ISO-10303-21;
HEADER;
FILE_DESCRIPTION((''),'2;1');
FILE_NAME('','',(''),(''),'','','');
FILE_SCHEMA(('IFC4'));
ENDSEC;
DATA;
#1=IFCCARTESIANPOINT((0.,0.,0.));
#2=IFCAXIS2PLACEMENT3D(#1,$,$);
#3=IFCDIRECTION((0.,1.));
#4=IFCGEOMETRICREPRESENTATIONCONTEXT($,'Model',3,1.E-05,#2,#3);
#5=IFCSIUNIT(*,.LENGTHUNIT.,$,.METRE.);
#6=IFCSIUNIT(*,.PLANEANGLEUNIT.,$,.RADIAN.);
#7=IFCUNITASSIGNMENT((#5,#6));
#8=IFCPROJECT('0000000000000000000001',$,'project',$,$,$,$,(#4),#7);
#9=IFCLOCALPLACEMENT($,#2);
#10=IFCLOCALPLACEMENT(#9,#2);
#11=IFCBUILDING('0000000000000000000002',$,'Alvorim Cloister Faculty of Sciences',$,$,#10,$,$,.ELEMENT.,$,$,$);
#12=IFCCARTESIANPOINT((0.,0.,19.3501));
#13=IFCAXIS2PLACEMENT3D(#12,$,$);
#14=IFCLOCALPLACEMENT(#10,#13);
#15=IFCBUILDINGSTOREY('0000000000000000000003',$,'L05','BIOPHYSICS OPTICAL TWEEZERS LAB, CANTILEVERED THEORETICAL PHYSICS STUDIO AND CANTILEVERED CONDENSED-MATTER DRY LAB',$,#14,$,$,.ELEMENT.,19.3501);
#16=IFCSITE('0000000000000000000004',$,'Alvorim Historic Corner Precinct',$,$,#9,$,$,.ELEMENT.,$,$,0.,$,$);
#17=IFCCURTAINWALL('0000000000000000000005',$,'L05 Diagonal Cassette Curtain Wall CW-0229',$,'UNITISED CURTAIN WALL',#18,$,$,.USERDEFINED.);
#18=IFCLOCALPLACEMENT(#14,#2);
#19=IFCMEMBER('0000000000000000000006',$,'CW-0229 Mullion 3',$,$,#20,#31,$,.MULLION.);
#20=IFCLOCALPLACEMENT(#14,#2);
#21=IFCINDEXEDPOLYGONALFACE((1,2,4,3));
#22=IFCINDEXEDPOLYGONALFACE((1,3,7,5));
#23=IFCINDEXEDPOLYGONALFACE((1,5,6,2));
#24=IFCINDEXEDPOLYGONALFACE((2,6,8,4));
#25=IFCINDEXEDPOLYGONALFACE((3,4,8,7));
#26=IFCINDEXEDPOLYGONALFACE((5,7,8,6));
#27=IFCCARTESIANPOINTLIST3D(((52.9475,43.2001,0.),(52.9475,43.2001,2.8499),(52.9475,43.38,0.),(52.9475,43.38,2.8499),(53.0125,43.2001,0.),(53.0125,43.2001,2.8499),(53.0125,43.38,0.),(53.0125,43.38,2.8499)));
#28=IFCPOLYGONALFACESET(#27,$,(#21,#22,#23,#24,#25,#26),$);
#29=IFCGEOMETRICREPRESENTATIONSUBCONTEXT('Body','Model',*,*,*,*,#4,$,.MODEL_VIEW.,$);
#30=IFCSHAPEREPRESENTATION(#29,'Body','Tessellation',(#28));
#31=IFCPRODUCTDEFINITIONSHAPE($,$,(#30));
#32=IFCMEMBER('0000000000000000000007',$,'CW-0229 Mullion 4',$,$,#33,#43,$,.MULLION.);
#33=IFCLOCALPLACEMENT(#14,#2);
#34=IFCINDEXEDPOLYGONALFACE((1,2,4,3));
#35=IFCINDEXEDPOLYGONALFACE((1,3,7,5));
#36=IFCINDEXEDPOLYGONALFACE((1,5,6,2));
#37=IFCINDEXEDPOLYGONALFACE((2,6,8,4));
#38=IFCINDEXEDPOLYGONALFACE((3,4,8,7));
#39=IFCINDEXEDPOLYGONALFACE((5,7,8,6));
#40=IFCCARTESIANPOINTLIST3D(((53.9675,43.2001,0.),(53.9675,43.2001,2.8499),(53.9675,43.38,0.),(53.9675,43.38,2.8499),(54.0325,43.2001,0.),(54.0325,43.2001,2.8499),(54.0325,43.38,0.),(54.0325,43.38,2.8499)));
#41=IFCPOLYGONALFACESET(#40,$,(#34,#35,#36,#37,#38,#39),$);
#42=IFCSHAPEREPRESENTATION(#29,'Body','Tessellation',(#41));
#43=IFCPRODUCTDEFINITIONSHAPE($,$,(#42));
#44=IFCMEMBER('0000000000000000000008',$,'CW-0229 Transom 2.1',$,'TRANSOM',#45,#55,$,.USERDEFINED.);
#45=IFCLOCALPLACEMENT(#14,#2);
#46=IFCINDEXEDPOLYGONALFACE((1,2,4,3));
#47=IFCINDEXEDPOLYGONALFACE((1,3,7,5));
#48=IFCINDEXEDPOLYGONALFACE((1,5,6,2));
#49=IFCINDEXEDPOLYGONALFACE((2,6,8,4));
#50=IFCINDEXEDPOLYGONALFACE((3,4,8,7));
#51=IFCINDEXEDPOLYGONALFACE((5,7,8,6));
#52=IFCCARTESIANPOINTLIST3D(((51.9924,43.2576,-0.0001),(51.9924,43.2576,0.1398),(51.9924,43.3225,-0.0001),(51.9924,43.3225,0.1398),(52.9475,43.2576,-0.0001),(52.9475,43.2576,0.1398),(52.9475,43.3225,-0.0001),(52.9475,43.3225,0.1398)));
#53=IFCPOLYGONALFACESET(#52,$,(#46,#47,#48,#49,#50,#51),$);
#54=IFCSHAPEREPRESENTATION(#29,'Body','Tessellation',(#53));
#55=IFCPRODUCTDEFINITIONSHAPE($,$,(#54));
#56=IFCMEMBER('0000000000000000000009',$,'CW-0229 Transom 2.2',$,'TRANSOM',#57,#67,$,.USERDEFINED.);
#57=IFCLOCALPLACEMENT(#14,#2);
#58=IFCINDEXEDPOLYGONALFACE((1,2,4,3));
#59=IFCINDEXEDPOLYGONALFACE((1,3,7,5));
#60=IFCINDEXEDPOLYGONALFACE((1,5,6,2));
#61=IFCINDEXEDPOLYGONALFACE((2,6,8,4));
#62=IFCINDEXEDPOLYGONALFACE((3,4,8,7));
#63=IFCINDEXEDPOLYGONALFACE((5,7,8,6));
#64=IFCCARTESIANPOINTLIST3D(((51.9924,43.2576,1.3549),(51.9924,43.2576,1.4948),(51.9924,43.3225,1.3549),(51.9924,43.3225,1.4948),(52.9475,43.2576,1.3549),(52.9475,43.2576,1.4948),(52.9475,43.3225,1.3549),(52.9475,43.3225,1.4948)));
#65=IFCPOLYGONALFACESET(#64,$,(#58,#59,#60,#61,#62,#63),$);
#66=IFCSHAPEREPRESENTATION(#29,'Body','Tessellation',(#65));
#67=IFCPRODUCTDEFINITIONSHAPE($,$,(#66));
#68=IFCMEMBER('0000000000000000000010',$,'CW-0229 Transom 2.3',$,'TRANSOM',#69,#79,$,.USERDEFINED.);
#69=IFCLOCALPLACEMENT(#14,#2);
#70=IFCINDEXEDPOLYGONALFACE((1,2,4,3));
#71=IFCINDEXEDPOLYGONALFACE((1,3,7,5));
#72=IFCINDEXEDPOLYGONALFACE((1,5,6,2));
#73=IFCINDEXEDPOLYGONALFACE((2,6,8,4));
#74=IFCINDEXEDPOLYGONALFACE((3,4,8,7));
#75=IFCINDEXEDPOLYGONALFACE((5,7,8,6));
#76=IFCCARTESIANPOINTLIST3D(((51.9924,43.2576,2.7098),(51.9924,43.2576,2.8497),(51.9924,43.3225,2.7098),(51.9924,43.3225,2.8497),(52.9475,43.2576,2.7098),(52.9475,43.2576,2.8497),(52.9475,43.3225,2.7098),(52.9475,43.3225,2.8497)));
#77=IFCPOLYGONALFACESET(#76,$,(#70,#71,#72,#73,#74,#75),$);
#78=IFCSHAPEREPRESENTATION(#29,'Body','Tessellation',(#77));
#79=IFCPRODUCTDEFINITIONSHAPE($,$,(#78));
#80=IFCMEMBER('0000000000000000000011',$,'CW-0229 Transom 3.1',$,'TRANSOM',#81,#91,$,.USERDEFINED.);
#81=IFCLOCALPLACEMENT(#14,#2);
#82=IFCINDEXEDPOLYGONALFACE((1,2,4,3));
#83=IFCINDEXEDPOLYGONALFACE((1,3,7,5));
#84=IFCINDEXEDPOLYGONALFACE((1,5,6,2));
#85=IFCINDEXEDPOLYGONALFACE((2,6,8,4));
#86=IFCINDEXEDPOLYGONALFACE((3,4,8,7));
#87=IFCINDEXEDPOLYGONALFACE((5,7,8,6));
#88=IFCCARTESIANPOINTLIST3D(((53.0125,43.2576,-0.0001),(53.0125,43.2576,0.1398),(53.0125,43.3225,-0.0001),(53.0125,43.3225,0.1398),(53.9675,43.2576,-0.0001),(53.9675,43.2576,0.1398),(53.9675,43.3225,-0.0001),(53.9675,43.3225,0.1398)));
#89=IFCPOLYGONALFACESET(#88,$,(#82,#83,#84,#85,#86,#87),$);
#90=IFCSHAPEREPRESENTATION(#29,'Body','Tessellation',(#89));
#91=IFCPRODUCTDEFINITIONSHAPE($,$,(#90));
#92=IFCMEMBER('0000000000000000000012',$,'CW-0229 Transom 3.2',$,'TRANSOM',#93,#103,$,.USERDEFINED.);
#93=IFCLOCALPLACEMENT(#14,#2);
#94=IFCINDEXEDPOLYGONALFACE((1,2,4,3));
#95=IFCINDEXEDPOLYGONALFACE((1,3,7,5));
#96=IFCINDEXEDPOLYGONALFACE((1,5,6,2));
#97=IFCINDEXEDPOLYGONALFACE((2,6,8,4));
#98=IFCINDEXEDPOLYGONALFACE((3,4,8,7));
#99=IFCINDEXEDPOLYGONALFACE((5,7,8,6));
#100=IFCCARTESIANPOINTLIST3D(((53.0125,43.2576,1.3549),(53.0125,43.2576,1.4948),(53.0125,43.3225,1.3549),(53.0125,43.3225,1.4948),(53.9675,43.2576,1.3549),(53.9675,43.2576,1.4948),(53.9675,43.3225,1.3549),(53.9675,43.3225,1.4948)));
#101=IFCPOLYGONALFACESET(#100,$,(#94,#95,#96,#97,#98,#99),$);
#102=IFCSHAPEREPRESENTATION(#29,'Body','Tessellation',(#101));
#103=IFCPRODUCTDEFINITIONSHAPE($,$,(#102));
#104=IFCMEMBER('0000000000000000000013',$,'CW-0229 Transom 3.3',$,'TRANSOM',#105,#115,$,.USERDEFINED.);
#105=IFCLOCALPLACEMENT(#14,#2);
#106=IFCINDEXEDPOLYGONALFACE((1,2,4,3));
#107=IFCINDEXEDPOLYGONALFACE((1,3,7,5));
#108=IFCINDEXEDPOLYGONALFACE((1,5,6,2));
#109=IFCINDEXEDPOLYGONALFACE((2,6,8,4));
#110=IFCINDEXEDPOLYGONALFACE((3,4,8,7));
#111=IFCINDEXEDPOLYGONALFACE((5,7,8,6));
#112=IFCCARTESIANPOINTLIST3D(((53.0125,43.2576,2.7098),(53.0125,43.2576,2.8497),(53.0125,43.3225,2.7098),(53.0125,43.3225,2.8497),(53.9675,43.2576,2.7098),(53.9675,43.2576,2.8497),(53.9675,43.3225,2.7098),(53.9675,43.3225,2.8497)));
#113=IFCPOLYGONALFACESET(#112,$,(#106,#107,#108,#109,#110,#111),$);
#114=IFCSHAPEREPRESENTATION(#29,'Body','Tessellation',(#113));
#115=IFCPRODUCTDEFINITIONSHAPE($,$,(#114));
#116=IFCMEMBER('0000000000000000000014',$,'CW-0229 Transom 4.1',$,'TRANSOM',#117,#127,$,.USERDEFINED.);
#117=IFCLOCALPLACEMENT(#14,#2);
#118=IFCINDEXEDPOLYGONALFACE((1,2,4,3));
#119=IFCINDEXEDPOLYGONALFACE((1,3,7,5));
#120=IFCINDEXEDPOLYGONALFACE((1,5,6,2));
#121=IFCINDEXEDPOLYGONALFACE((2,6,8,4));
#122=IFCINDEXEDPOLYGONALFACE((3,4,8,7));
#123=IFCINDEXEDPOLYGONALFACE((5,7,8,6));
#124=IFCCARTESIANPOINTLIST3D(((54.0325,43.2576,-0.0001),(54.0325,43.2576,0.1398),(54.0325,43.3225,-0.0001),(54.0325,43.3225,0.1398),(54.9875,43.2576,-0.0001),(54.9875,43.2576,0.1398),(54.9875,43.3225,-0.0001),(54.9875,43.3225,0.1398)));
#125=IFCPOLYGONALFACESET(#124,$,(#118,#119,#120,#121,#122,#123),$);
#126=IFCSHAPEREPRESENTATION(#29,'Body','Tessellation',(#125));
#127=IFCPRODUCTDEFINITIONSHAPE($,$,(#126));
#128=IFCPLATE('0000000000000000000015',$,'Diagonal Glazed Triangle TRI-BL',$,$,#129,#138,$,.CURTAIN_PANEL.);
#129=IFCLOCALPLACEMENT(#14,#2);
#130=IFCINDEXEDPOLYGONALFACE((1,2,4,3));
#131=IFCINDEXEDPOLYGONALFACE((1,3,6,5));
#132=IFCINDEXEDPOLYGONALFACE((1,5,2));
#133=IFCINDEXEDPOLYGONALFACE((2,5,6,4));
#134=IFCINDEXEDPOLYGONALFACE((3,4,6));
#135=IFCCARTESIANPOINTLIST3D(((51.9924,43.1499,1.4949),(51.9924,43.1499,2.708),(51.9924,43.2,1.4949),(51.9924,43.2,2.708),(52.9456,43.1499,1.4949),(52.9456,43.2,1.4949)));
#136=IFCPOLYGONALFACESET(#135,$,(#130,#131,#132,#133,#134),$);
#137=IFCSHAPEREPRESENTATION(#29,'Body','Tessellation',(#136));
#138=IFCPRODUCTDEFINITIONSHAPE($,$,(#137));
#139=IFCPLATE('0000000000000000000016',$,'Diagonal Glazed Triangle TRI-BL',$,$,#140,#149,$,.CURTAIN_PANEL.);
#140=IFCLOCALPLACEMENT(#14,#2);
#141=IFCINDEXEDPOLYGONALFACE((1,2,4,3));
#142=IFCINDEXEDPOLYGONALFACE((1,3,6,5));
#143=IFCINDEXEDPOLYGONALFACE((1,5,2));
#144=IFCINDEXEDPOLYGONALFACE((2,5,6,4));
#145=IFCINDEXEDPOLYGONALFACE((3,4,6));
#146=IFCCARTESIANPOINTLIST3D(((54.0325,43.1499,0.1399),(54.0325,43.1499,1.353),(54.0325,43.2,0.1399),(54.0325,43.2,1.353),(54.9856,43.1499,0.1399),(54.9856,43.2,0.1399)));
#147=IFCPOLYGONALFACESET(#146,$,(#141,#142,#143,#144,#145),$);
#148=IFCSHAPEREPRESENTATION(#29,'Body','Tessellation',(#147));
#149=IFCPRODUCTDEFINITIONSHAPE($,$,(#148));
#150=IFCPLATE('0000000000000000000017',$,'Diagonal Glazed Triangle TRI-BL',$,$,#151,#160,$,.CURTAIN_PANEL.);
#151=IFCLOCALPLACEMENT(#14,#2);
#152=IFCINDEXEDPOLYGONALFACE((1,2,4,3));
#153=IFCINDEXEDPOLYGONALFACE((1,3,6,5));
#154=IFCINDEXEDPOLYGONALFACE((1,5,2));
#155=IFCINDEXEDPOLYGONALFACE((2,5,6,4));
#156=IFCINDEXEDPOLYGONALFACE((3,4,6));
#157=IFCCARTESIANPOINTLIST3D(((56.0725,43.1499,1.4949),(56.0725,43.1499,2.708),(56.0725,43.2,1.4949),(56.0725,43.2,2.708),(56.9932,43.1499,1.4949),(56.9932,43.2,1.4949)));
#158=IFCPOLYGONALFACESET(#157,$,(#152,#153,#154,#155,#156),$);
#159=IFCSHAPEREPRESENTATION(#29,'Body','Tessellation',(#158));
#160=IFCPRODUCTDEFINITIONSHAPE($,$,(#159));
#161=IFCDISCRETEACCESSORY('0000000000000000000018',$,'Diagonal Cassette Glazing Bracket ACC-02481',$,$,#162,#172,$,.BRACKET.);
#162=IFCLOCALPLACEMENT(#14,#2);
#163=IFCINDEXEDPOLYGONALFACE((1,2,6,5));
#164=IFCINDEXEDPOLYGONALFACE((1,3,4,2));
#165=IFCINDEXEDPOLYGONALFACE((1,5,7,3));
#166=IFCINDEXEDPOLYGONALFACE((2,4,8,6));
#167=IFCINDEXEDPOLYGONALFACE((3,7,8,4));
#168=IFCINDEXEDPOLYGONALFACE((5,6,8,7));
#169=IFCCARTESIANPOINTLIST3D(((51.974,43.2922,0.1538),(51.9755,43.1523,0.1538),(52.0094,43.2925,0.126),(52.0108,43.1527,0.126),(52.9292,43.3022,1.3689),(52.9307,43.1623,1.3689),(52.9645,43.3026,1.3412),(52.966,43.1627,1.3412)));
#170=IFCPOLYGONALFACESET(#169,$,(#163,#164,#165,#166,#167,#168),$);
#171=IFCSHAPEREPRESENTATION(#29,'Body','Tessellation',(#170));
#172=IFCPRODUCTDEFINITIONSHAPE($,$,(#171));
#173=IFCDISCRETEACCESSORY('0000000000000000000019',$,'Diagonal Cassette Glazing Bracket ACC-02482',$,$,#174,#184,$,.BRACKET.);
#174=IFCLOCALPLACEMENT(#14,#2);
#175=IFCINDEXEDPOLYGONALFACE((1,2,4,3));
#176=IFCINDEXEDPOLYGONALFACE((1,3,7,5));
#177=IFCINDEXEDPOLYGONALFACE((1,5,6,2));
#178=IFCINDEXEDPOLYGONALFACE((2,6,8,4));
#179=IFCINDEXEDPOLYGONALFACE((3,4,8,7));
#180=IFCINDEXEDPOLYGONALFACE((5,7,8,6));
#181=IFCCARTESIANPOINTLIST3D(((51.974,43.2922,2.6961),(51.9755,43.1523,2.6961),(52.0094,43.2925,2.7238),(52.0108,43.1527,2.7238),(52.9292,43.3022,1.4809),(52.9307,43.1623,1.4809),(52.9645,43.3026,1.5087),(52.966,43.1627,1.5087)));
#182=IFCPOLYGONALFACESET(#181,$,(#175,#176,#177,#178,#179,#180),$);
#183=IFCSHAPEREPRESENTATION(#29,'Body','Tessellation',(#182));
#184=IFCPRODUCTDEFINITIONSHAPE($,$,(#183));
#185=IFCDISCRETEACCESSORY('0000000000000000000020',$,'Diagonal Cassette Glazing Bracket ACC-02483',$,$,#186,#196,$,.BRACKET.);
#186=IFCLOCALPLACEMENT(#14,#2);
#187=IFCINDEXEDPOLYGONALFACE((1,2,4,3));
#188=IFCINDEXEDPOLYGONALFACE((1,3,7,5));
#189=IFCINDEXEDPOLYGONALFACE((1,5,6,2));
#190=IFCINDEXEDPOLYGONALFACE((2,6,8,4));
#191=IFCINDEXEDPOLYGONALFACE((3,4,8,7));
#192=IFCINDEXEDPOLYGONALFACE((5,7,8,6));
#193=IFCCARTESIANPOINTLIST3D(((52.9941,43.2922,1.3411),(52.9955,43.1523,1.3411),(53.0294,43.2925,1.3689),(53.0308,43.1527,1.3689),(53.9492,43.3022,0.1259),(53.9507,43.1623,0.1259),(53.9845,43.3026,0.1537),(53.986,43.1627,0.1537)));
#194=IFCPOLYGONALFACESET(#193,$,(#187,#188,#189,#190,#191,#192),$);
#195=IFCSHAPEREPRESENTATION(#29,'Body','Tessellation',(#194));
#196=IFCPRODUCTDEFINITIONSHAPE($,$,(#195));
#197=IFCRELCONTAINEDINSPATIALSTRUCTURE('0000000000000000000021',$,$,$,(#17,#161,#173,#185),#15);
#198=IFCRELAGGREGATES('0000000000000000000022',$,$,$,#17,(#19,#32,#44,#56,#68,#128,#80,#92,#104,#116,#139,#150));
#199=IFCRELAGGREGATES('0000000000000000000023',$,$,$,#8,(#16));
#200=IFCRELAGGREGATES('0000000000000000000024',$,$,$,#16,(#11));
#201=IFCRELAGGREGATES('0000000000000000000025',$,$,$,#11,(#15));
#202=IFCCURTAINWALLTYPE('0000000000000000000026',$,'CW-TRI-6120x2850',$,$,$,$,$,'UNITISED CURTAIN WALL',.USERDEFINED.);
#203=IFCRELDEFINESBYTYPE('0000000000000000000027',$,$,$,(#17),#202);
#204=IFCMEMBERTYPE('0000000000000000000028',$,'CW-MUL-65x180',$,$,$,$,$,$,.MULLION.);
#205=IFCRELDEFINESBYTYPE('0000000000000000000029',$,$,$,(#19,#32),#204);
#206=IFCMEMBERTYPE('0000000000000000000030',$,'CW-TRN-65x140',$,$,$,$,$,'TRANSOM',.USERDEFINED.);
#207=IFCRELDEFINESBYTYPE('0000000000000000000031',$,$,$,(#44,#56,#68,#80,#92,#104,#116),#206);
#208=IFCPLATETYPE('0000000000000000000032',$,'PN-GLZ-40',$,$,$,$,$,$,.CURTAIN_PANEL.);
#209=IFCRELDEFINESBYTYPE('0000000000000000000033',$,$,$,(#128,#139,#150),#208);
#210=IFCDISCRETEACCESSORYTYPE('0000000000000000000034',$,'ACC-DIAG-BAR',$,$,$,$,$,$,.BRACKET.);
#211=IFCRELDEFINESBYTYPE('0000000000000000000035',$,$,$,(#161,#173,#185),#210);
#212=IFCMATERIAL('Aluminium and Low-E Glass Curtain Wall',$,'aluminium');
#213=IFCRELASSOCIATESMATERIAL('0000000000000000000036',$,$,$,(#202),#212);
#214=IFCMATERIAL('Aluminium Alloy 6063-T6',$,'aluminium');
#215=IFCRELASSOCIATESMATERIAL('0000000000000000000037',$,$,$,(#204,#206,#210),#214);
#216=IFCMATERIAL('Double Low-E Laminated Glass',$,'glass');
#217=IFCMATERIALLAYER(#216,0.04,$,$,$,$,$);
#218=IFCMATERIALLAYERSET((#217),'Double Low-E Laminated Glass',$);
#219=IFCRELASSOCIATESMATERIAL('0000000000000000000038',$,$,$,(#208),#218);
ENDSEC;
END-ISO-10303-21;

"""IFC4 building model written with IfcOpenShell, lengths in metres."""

from ifc_helpers import new_model, si_unit, direction, frame, origin, origin_2d, place, context, subcontext, project, spatial, polyline, rectangle, outline, extrude, material, layer, layer_set, material_profile, profile_set, type_object, element, aggregate, save


model = new_model("IFC4")

# Units and contexts
model_context = context("Model", 3, precision=1e-05, world=origin(), true_north=direction((0.0, 1.0)))
body_context = subcontext(model_context, "Body", "Model", "MODEL_VIEW")
ifc_project = project(units=[si_unit("LENGTHUNIT", "METRE"), si_unit("PLANEANGLEUNIT", "RADIAN")], contexts=[model_context])

# Site, building, storey
site_placement = place(None, origin())
site = spatial("IfcSite", under=ifc_project, at=site_placement, Name="Alvorim Historic Corner Precinct", CompositionType="ELEMENT", RefElevation=0.0)
building_placement = place(site_placement, origin())
building = spatial("IfcBuilding", under=site, at=building_placement, Name="Alvorim Cloister Faculty of Sciences", CompositionType="ELEMENT")
storey_placement = place(building_placement, frame((0.0, 0.0, 19.3501)))
storey = spatial("IfcBuildingStorey", under=building, at=storey_placement, Name="L05", Description="BIOPHYSICS OPTICAL TWEEZERS LAB, CANTILEVERED THEORETICAL PHYSICS STUDIO AND CANTILEVERED CONDENSED-MATTER DRY LAB", CompositionType="ELEMENT", Elevation=19.3501)

# Curtain wall, members, plates
ifc_material_1 = material(Name="Aluminium and Low-E Glass Curtain Wall", Category="aluminium")
curtain_wall_type = type_object("IfcCurtainWallType", Name="CW-TRI-6120x2850", ElementType="UNITISED CURTAIN WALL", PredefinedType="USERDEFINED", material=ifc_material_1)
curtain_wall_placement = place(storey_placement, origin())
curtain_wall = element("IfcCurtainWall", 1, at=curtain_wall_placement, inside=storey, type_object=curtain_wall_type, Name="L05 Diagonal Cassette Curtain Wall CW-0229", ObjectType="UNITISED CURTAIN WALL", PredefinedType="USERDEFINED")
ifc_material_2 = material(Name="Aluminium Alloy 6063-T6", Category="aluminium")
ifc_material_profile_1 = material_profile(ifc_material_2, rectangle(XDim=0.0649, YDim=0.1799, at=origin_2d()), Name="ALU-MUL-65x180")
ifc_profile_set_1 = profile_set([ifc_material_profile_1], Name="Aluminium Alloy 6063-T6")
member_type_1 = type_object("IfcMemberType", Name="CW-MUL-65x180", PredefinedType="MULLION", material=ifc_profile_set_1)
member_1_placement = place(storey_placement, frame((52.98, 43.29, 0.0), z_axis=(0.0, 0.0, 1.0), x_axis=(1.0, 0.0, 0.0)))
member_1 = element("IfcMember", 2, at=member_1_placement, type_object=member_type_1, Name="CW-0229 Mullion 3", PredefinedType="MULLION", context=body_context, shape_type="SweptSolid", body=[
    extrude(rectangle(XDim=0.0649, YDim=0.1799, at=origin_2d()), origin(), (0.0, 0.0, 1.0), 2.8499),
])
member_2_placement = place(storey_placement, frame((54.0, 43.29, 0.0), z_axis=(0.0, 0.0, 1.0), x_axis=(1.0, 0.0, 0.0)))
member_2 = element("IfcMember", 3, at=member_2_placement, type_object=member_type_1, Name="CW-0229 Mullion 4", PredefinedType="MULLION", context=body_context, shape_type="SweptSolid", body=[
    extrude(rectangle(XDim=0.0649, YDim=0.1799, at=origin_2d()), origin(), (0.0, 0.0, 1.0), 2.8499),
])
ifc_material_profile_2 = material_profile(ifc_material_2, rectangle(XDim=0.0649, YDim=0.1399, at=origin_2d()), Name="ALU-TRN-65x140")
ifc_profile_set_2 = profile_set([ifc_material_profile_2], Name="Aluminium Alloy 6063-T6")
member_type_2 = type_object("IfcMemberType", Name="CW-TRN-65x140", ElementType="TRANSOM", PredefinedType="USERDEFINED", material=ifc_profile_set_2)
member_3_placement = place(storey_placement, frame((51.9924, 43.29, 0.0698), z_axis=(1.0, 0.0, 0.0), x_axis=(0.0, 1.0, 0.0)))
member_3 = element("IfcMember", 4, at=member_3_placement, type_object=member_type_2, Name="CW-0229 Transom 2.1", ObjectType="TRANSOM", PredefinedType="USERDEFINED", context=body_context, shape_type="SweptSolid", body=[
    extrude(rectangle(XDim=0.0649, YDim=0.1399, at=origin_2d()), origin(), (0.0, 0.0, 1.0), 0.9551),
])
member_4_placement = place(storey_placement, frame((51.9924, 43.29, 1.4248), z_axis=(1.0, 0.0, 0.0), x_axis=(0.0, 1.0, 0.0)))
member_4 = element("IfcMember", 5, at=member_4_placement, type_object=member_type_2, Name="CW-0229 Transom 2.2", ObjectType="TRANSOM", PredefinedType="USERDEFINED", context=body_context, shape_type="SweptSolid", body=[
    extrude(rectangle(XDim=0.0649, YDim=0.1399, at=origin_2d()), origin(), (0.0, 0.0, 1.0), 0.9551),
])
member_5_placement = place(storey_placement, frame((51.9924, 43.29, 2.7798), z_axis=(1.0, 0.0, 0.0), x_axis=(0.0, 1.0, 0.0)))
member_5 = element("IfcMember", 6, at=member_5_placement, type_object=member_type_2, Name="CW-0229 Transom 2.3", ObjectType="TRANSOM", PredefinedType="USERDEFINED", context=body_context, shape_type="SweptSolid", body=[
    extrude(rectangle(XDim=0.0649, YDim=0.1399, at=origin_2d()), origin(), (0.0, 0.0, 1.0), 0.9551),
])
member_6_placement = place(storey_placement, frame((53.0125, 43.29, 0.0698), z_axis=(1.0, 0.0, 0.0), x_axis=(0.0, 1.0, 0.0)))
member_6 = element("IfcMember", 7, at=member_6_placement, type_object=member_type_2, Name="CW-0229 Transom 3.1", ObjectType="TRANSOM", PredefinedType="USERDEFINED", context=body_context, shape_type="SweptSolid", body=[
    extrude(rectangle(XDim=0.0649, YDim=0.1399, at=origin_2d()), origin(), (0.0, 0.0, 1.0), 0.9551),
])
member_7_placement = place(storey_placement, frame((53.0125, 43.29, 1.4248), z_axis=(1.0, 0.0, 0.0), x_axis=(0.0, 1.0, 0.0)))
member_7 = element("IfcMember", 8, at=member_7_placement, type_object=member_type_2, Name="CW-0229 Transom 3.2", ObjectType="TRANSOM", PredefinedType="USERDEFINED", context=body_context, shape_type="SweptSolid", body=[
    extrude(rectangle(XDim=0.0649, YDim=0.1399, at=origin_2d()), origin(), (0.0, 0.0, 1.0), 0.9551),
])
member_8_placement = place(storey_placement, frame((53.0125, 43.29, 2.7798), z_axis=(1.0, 0.0, 0.0), x_axis=(0.0, 1.0, 0.0)))
member_8 = element("IfcMember", 9, at=member_8_placement, type_object=member_type_2, Name="CW-0229 Transom 3.3", ObjectType="TRANSOM", PredefinedType="USERDEFINED", context=body_context, shape_type="SweptSolid", body=[
    extrude(rectangle(XDim=0.0649, YDim=0.1399, at=origin_2d()), origin(), (0.0, 0.0, 1.0), 0.9551),
])
member_9_placement = place(storey_placement, frame((54.0325, 43.29, 0.0698), z_axis=(1.0, 0.0, 0.0), x_axis=(0.0, 1.0, 0.0)))
member_9 = element("IfcMember", 10, at=member_9_placement, type_object=member_type_2, Name="CW-0229 Transom 4.1", ObjectType="TRANSOM", PredefinedType="USERDEFINED", context=body_context, shape_type="SweptSolid", body=[
    extrude(rectangle(XDim=0.0649, YDim=0.1399, at=origin_2d()), origin(), (0.0, 0.0, 1.0), 0.9551),
])
ifc_material_3 = material(Name="Double Low-E Laminated Glass", Category="glass")
ifc_layer = layer(ifc_material_3, 0.04)
ifc_layer_set = layer_set([ifc_layer], Name="Double Low-E Laminated Glass")
plate_type = type_object("IfcPlateType", Name="PN-GLZ-40", PredefinedType="CURTAIN_PANEL", material=ifc_layer_set)
plate_1_placement = place(storey_placement, frame((51.9924, 43.175, 1.4949), z_axis=(0.0, 0.0, 1.0), x_axis=(1.0, 0.0, 0.0)))
plate_1 = element("IfcPlate", 11, at=plate_1_placement, type_object=plate_type, Name="Diagonal Glazed Triangle TRI-BL", PredefinedType="CURTAIN_PANEL", context=body_context, shape_type="SweptSolid", body=[
    extrude(outline(polyline([(0.0, 0.0), (0.9531, 0.0), (0.0, 1.2131), (0.0, 0.0)])), frame((0.0, 0.0249, 0.0), z_axis=(0.0, -1.0, 0.0), x_axis=(1.0, 0.0, 0.0)), (0.0, 0.0, 1.0), 0.05),
])
plate_2_placement = place(storey_placement, frame((54.0325, 43.175, 0.1399), z_axis=(0.0, 0.0, 1.0), x_axis=(1.0, 0.0, 0.0)))
plate_2 = element("IfcPlate", 12, at=plate_2_placement, type_object=plate_type, Name="Diagonal Glazed Triangle TRI-BL", PredefinedType="CURTAIN_PANEL", context=body_context, shape_type="SweptSolid", body=[
    extrude(outline(polyline([(0.0, 0.0), (0.9531, 0.0), (0.0, 1.2131), (0.0, 0.0)])), frame((0.0, 0.0249, 0.0), z_axis=(0.0, -1.0, 0.0), x_axis=(1.0, 0.0, 0.0)), (0.0, 0.0, 1.0), 0.05),
])
plate_3_placement = place(storey_placement, frame((56.0725, 43.175, 1.4949), z_axis=(0.0, 0.0, 1.0), x_axis=(1.0, 0.0, 0.0)))
plate_3 = element("IfcPlate", 13, at=plate_3_placement, type_object=plate_type, Name="Diagonal Glazed Triangle TRI-BL", PredefinedType="CURTAIN_PANEL", context=body_context, shape_type="SweptSolid", body=[
    extrude(outline(polyline([(0.0, 0.0), (0.9207, 0.0), (0.0, 1.2131), (0.0, 0.0)])), frame((0.0, 0.0249, 0.0), z_axis=(0.0, -1.0, 0.0), x_axis=(1.0, 0.0, 0.0)), (0.0, 0.0, 1.0), 0.05),
])
aggregate(curtain_wall, [member_1, member_2, member_3, member_4, member_5, plate_1, member_6, member_7, member_8, member_9, plate_2, plate_3])

# Discrete accessories
discrete_accessory_type = type_object("IfcDiscreteAccessoryType", Name="ACC-DIAG-BAR", PredefinedType="BRACKET", material=ifc_material_2)
for number, where, z_axis, x_axis, name in (
    (14, (51.9924, 43.2224, 0.1399), (0.617955, 0.006477, 0.786187), (-0.01048, 0.999945, 0.0), "Diagonal Cassette Glazing Bracket ACC-02481"),
    (15, (51.9924, 43.2224, 2.71), (0.617955, 0.006477, -0.786187), (-0.01048, 0.999945, 0.0), "Diagonal Cassette Glazing Bracket ACC-02482"),
    (16, (53.0125, 43.2224, 1.355), (0.617955, 0.006477, -0.786187), (-0.01048, 0.999945, 0.0), "Diagonal Cassette Glazing Bracket ACC-02483"),
):
    element("IfcDiscreteAccessory", number, at=place(storey_placement, frame(where, z_axis=z_axis, x_axis=x_axis)), inside=storey, type_object=discrete_accessory_type, Name=name, PredefinedType="BRACKET", context=body_context, shape_type="SweptSolid", body=[
        extrude(rectangle(XDim=0.1399, YDim=0.0449, at=origin_2d()), origin(), (0.0, 0.0, 1.0), 1.5457),
    ])

save(model, "model.ifc")
